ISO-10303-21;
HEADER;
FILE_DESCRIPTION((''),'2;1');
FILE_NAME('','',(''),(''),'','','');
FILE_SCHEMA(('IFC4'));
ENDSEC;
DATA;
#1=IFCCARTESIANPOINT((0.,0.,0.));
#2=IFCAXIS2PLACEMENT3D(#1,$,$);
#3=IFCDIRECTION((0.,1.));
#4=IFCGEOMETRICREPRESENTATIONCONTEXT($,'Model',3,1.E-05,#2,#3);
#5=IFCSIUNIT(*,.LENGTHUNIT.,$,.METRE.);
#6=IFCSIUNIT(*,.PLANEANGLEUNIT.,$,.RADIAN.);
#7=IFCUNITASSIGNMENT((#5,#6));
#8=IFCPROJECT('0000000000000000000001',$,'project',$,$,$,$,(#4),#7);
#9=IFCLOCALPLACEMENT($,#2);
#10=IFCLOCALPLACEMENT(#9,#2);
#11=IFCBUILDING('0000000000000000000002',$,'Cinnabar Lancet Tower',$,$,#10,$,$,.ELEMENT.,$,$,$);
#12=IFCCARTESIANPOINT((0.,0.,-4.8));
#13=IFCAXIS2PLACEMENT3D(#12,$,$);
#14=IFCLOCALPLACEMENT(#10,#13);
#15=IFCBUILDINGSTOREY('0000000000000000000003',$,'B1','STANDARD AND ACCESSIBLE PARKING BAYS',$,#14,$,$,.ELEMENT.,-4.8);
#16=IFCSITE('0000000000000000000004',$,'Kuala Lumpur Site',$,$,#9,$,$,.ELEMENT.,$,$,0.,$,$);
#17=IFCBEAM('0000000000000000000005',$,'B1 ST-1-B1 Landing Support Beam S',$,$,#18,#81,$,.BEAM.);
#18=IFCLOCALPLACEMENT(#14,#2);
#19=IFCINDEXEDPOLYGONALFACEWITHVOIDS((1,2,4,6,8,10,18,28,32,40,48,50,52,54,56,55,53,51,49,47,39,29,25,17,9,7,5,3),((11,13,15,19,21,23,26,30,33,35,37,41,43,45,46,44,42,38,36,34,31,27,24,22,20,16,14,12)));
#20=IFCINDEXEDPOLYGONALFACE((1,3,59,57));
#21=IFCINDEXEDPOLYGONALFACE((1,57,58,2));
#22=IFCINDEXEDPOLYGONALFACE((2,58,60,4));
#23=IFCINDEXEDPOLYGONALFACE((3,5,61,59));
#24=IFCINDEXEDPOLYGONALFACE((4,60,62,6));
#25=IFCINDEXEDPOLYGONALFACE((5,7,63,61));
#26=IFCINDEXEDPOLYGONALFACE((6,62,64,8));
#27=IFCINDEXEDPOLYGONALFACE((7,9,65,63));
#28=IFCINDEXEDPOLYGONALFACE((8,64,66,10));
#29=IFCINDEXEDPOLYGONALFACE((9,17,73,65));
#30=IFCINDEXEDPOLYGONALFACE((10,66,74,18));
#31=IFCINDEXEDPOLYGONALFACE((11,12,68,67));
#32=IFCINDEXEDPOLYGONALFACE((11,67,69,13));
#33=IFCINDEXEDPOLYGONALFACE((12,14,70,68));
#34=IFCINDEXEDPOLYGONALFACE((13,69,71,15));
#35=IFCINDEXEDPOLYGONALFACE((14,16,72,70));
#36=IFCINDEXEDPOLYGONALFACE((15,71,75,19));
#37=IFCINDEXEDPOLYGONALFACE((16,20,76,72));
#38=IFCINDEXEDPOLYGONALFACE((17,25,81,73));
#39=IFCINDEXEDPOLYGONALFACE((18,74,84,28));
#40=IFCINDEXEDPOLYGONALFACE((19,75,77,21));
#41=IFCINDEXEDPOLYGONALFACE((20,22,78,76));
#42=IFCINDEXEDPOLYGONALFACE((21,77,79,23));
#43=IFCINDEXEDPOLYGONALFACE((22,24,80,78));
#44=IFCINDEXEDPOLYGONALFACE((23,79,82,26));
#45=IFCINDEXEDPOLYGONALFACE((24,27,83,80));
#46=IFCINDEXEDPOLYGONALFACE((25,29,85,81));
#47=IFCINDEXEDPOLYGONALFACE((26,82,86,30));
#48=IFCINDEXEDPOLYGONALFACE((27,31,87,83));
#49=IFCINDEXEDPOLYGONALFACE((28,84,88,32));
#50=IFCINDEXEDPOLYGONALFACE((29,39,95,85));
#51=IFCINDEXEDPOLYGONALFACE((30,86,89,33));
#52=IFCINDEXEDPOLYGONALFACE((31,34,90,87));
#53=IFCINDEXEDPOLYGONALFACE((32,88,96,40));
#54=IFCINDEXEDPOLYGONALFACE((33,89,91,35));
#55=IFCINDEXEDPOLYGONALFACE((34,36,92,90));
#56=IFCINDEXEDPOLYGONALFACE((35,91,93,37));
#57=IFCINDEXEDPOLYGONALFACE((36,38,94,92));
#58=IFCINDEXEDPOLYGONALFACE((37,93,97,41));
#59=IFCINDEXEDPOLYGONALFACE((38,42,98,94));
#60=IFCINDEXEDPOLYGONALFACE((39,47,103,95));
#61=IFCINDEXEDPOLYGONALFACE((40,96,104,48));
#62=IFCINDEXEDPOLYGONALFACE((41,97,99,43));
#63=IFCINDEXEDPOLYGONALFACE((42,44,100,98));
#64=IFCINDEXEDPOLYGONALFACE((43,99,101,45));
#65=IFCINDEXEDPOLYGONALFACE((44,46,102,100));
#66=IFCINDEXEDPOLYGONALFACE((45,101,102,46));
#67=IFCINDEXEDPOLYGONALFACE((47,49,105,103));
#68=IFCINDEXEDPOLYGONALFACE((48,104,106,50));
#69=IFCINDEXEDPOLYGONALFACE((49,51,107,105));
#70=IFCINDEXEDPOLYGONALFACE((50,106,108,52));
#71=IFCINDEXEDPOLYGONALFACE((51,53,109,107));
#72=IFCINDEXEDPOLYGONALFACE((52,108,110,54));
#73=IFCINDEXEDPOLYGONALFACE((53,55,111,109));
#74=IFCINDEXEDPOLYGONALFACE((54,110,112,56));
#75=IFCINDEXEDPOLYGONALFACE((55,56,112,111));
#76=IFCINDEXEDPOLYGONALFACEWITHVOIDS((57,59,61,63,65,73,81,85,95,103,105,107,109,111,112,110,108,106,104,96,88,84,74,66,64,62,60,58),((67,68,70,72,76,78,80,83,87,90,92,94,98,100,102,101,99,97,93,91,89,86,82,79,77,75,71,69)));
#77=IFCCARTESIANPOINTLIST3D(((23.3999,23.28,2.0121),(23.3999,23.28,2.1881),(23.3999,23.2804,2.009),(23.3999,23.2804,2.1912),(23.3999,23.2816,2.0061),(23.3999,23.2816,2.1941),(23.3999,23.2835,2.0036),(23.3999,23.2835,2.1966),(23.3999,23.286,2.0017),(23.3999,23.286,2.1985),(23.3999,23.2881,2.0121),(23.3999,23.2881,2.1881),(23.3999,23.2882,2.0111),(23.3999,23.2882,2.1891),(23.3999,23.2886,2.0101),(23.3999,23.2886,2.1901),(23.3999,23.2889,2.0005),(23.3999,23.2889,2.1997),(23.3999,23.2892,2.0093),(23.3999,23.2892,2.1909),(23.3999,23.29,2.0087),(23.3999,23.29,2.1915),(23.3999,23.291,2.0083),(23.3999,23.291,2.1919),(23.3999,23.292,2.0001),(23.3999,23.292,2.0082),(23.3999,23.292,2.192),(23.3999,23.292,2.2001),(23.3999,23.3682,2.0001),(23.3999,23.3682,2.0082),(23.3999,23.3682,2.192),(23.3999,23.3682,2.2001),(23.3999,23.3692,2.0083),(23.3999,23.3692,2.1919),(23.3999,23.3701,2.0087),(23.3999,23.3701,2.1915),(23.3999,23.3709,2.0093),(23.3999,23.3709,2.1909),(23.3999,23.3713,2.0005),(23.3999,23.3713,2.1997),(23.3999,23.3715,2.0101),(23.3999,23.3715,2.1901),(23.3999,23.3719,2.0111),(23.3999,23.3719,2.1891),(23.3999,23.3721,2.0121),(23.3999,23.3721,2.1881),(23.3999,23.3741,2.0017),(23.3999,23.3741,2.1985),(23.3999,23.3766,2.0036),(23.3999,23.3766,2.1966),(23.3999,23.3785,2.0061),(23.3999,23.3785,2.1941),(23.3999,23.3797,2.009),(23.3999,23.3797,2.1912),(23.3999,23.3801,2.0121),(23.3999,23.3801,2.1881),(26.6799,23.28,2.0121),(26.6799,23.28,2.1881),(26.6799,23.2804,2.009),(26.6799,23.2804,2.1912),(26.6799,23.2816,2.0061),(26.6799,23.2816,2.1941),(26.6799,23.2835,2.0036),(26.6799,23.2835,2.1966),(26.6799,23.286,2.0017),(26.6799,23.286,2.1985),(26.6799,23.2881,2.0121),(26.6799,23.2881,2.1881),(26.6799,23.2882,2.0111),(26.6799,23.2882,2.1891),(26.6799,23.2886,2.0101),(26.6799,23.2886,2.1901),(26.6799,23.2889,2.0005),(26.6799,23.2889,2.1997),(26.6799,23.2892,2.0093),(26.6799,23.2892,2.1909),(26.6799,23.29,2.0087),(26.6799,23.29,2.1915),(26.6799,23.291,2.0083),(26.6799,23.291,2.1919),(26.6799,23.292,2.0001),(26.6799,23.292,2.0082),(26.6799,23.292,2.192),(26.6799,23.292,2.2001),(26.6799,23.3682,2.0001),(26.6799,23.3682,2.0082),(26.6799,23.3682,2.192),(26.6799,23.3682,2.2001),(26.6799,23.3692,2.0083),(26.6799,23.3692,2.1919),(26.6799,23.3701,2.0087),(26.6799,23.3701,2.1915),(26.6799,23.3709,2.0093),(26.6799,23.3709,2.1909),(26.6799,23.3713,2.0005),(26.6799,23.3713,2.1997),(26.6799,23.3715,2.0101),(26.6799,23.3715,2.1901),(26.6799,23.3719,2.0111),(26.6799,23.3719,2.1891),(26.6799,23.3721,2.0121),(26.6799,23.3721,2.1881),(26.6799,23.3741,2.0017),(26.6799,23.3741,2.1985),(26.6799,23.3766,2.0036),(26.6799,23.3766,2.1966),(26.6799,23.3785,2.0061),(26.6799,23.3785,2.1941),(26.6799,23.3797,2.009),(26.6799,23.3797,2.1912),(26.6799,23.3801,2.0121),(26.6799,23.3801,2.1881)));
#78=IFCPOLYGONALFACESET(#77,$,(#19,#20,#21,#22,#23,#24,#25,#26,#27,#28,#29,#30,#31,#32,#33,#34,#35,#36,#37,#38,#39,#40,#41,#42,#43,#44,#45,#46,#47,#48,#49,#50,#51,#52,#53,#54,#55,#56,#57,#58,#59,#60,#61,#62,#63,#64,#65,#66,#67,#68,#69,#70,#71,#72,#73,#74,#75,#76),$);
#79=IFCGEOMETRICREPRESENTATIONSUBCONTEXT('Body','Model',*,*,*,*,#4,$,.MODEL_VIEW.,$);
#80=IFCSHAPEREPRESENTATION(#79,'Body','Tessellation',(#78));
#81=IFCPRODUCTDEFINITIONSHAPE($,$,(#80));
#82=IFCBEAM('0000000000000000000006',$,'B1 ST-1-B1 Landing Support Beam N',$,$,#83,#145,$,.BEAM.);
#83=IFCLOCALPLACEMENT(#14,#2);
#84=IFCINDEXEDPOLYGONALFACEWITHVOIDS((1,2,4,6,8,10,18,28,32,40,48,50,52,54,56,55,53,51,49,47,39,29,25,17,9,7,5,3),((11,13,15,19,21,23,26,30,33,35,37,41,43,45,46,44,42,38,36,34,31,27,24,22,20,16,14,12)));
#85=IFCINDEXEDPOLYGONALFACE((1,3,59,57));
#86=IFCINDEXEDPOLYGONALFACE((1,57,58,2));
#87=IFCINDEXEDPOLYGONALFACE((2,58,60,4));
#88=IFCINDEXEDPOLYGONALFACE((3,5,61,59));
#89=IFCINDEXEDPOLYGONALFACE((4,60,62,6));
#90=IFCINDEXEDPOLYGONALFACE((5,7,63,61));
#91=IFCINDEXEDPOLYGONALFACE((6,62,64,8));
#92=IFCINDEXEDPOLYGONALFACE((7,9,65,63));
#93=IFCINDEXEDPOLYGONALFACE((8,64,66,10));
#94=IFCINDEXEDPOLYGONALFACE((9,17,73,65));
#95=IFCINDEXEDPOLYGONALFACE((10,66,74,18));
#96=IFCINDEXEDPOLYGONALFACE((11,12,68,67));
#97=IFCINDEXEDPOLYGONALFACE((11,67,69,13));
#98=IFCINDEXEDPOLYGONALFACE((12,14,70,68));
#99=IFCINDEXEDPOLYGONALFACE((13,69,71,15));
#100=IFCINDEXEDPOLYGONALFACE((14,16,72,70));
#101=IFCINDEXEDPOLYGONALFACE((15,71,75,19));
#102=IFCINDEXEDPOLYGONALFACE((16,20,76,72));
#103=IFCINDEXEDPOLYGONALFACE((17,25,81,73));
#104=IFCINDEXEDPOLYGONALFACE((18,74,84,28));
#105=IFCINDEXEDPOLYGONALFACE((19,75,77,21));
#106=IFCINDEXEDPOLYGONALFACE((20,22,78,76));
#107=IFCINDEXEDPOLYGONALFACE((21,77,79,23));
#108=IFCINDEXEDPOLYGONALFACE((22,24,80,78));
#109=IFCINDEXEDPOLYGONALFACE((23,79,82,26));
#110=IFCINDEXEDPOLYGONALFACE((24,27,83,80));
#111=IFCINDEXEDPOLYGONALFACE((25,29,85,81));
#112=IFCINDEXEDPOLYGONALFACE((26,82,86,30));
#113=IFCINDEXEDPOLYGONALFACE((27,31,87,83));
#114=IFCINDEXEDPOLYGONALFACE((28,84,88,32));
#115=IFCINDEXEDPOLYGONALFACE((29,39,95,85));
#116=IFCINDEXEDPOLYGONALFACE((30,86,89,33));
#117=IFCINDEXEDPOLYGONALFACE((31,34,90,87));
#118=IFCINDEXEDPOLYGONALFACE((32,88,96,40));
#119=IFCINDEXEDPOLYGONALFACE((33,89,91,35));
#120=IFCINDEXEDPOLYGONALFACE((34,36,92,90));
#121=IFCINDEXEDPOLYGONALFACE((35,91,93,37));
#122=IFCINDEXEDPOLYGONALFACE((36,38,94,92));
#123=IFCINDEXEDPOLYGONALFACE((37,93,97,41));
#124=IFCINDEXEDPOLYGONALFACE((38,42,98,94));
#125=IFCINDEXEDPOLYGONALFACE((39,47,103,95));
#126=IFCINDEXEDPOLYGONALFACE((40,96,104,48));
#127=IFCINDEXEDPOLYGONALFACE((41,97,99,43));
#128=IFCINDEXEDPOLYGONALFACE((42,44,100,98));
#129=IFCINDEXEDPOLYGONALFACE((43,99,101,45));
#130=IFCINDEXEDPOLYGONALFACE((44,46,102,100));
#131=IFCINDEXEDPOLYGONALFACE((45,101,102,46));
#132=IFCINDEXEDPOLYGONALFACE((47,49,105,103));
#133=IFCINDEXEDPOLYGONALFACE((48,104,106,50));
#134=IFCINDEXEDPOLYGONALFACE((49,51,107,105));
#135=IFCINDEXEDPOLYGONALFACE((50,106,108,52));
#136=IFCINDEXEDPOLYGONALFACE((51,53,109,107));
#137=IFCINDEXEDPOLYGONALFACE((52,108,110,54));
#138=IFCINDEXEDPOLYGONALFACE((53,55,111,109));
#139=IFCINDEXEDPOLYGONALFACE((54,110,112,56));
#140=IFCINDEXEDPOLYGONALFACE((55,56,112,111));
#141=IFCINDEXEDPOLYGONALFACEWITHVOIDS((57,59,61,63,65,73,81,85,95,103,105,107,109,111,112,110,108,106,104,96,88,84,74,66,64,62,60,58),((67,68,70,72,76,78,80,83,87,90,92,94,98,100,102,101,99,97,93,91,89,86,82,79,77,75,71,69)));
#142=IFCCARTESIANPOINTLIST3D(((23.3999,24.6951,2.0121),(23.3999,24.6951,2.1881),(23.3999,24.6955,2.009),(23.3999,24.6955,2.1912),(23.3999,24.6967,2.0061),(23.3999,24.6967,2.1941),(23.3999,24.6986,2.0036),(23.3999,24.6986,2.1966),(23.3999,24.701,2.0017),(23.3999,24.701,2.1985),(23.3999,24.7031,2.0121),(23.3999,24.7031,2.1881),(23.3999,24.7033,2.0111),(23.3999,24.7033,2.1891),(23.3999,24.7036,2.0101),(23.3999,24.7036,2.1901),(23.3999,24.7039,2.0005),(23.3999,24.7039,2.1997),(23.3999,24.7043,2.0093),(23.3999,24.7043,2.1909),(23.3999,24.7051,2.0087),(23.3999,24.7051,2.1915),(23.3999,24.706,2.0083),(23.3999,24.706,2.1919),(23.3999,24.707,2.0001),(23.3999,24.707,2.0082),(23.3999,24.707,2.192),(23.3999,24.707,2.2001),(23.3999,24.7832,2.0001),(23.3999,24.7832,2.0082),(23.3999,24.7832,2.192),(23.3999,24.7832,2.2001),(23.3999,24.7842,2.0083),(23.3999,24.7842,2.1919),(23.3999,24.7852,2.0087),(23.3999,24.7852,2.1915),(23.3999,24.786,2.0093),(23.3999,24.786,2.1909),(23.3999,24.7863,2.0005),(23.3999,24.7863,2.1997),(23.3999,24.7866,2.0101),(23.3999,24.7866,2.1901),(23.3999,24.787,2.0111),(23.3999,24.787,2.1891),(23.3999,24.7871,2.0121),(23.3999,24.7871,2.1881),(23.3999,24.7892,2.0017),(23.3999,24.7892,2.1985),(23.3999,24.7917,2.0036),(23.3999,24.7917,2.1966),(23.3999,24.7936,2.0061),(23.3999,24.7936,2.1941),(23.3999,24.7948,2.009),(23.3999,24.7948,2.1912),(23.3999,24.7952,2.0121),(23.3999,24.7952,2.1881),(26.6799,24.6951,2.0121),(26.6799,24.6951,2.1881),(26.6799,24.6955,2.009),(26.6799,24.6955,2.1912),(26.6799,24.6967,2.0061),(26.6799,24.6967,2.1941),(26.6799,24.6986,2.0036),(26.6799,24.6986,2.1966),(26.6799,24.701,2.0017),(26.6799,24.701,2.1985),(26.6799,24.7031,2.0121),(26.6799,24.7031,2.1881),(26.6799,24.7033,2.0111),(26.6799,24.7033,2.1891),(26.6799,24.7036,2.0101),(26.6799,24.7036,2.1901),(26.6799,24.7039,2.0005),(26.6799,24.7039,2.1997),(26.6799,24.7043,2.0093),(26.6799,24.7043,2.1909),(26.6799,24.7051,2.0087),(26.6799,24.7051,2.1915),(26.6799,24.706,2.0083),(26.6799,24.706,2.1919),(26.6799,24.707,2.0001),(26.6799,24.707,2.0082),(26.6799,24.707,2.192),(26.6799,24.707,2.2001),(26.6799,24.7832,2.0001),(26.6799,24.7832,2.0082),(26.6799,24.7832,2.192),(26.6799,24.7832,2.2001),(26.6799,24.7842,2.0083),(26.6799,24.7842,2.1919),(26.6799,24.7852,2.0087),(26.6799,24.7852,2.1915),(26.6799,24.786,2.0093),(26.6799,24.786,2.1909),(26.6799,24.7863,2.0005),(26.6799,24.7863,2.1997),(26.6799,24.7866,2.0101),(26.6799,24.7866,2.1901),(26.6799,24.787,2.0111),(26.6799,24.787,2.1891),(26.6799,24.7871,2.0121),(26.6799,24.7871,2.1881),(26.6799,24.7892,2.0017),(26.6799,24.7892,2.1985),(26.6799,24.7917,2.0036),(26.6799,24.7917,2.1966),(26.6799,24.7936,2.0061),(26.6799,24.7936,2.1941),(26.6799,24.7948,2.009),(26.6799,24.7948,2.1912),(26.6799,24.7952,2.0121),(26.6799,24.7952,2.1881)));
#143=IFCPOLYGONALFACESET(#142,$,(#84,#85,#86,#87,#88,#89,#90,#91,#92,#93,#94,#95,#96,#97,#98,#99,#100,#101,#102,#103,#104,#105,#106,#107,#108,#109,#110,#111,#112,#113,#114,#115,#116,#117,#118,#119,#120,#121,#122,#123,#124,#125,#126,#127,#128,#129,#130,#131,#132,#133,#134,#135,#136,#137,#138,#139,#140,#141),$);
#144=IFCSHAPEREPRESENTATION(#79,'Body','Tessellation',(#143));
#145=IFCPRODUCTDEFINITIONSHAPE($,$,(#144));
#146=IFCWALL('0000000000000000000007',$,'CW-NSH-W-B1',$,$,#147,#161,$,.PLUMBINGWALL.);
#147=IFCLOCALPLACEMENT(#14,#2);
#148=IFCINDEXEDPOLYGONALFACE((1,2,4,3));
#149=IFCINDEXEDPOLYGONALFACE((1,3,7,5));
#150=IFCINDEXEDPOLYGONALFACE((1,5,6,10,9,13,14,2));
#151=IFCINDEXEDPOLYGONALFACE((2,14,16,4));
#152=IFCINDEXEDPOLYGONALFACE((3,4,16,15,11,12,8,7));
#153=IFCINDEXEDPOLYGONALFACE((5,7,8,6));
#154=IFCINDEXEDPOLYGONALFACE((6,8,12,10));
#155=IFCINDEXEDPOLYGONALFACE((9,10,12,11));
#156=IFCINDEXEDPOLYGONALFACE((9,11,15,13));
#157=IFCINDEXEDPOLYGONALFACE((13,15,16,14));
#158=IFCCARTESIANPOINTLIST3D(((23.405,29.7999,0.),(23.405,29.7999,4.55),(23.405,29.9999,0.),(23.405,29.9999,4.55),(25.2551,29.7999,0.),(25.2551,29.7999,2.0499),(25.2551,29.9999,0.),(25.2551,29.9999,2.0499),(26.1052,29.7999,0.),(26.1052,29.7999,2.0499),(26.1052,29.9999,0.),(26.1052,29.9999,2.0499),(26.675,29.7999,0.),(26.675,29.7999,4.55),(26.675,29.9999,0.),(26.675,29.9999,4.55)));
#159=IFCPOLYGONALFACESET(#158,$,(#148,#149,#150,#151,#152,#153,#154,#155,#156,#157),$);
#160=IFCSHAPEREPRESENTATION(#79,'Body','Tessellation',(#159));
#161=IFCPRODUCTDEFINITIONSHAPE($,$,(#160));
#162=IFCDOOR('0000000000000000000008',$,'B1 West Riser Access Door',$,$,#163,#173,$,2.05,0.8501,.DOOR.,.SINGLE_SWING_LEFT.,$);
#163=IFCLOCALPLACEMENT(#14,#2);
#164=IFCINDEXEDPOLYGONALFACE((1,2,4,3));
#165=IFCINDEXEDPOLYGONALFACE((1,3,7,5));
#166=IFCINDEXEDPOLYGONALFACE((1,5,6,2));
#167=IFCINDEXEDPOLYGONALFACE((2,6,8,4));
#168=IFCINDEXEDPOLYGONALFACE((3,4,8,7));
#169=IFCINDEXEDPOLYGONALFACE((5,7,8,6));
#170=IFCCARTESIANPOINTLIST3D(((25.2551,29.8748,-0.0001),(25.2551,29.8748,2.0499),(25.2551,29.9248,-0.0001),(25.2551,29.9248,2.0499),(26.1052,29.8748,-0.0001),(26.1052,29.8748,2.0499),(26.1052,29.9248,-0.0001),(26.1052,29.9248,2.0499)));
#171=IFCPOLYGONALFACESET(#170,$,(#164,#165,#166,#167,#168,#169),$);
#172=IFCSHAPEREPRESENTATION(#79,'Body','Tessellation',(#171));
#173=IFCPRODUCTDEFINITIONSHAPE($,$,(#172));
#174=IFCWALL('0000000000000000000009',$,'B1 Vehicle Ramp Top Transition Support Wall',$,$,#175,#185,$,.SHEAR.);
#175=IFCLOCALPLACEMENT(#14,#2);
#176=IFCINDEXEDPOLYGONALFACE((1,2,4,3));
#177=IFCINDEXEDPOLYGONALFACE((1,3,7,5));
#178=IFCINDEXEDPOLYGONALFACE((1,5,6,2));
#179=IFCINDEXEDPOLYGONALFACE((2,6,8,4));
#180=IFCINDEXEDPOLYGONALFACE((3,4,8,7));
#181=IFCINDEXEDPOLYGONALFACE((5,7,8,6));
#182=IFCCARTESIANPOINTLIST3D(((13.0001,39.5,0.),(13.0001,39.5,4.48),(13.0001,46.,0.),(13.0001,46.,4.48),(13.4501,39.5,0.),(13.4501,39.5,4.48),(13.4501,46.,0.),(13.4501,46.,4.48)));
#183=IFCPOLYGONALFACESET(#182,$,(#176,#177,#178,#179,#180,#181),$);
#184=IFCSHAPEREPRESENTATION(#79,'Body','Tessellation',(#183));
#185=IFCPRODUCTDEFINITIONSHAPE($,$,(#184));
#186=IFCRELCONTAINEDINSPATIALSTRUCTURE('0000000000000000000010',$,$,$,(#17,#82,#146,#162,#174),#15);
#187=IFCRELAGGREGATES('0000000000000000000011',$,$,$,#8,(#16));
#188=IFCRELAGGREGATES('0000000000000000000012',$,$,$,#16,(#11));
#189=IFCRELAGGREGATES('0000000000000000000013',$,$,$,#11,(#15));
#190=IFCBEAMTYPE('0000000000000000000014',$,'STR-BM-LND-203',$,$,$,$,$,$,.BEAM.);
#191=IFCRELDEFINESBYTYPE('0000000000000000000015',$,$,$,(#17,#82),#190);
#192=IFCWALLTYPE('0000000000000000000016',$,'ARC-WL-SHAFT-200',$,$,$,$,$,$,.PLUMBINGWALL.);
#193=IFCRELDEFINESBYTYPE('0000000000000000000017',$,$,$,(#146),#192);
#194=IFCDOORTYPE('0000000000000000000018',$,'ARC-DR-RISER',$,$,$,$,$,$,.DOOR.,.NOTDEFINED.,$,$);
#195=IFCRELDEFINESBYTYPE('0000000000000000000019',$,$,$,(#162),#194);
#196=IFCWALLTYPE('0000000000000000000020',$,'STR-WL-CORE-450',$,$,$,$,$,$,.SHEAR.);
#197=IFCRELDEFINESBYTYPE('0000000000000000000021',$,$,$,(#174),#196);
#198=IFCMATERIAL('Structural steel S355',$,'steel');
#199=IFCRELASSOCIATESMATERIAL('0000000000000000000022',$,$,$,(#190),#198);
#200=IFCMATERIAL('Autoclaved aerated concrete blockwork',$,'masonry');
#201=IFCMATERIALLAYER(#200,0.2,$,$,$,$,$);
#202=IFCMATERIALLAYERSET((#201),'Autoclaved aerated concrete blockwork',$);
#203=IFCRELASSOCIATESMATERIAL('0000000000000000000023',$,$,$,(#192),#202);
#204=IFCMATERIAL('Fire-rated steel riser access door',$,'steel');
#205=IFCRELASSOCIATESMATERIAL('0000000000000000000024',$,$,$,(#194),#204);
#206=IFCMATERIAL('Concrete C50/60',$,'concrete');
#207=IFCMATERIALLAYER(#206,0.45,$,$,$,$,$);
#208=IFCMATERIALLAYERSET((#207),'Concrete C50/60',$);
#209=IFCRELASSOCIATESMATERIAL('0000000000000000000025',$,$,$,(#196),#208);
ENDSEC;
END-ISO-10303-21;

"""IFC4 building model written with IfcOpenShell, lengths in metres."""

from ifc_helpers import new_model, si_unit, direction, frame, frame_2d, origin, origin_2d, place, context, subcontext, project, spatial, rectangle, hollow_rectangle, extrude, material, layer, layer_set, material_profile, profile_set, type_object, element, fill, save


model = new_model("IFC4")

# Units and contexts
model_context = context("Model", 3, precision=1e-05, world=origin(), true_north=direction((0.0, 1.0)))
body_context = subcontext(model_context, "Body", "Model", "MODEL_VIEW")
ifc_project = project(units=[si_unit("LENGTHUNIT", "METRE"), si_unit("PLANEANGLEUNIT", "RADIAN")], contexts=[model_context])

# Site, building, storey
site_placement = place(None, origin())
site = spatial("IfcSite", under=ifc_project, at=site_placement, Name="Kuala Lumpur Site", CompositionType="ELEMENT", RefElevation=0.0)
building_placement = place(site_placement, origin())
building = spatial("IfcBuilding", under=site, at=building_placement, Name="Cinnabar Lancet Tower", CompositionType="ELEMENT")
storey_placement = place(building_placement, frame((0.0, 0.0, -4.8)))
storey = spatial("IfcBuildingStorey", under=building, at=storey_placement, Name="B1", Description="STANDARD AND ACCESSIBLE PARKING BAYS", CompositionType="ELEMENT", Elevation=-4.8)

# Beams
ifc_material_1 = material(Name="Structural steel S355", Category="steel")
ifc_material_profile_1 = material_profile(ifc_material_1, hollow_rectangle(XDim=0.1001, YDim=0.2, WallThickness=0.0081, InnerFilletRadius=0.0039, OuterFilletRadius=0.012, at=origin_2d()), Name="RHS 200x100x8")
ifc_profile_set_1 = profile_set([ifc_material_profile_1], Name="Structural steel S355")
beam_type = type_object("IfcBeamType", Name="STR-BM-LND-203", PredefinedType="BEAM", material=ifc_profile_set_1)
for number, where, z_axis, x_axis, name in (
    (1, (23.3999, 23.3301, 2.1001), (1.0, 0.0, 0.0), (0.0, 1.0, 0.0), "B1 ST-1-B1 Landing Support Beam S"),
    (2, (23.3999, 24.7451, 2.1001), (1.0, 0.0, 0.0), (0.0, 1.0, 0.0), "B1 ST-1-B1 Landing Support Beam N"),
):
    element("IfcBeam", number, at=place(storey_placement, frame(where, z_axis=z_axis, x_axis=x_axis)), inside=storey, type_object=beam_type, Name=name, PredefinedType="BEAM", context=body_context, shape_type="SweptSolid", body=[
        extrude(hollow_rectangle(XDim=0.1001, YDim=0.2, WallThickness=0.0081, InnerFilletRadius=0.0039, OuterFilletRadius=0.012, at=origin_2d()), origin(), (0.0, 0.0, 1.0), 3.28),
    ])

# Wall, opening, door
ifc_material_2 = material(Name="Autoclaved aerated concrete blockwork", Category="masonry")
ifc_layer_1 = layer(ifc_material_2, 0.2)
ifc_layer_set_1 = layer_set([ifc_layer_1], Name="Autoclaved aerated concrete blockwork")
wall_type_1 = type_object("IfcWallType", Name="ARC-WL-SHAFT-200", PredefinedType="PLUMBINGWALL", material=ifc_layer_set_1)
wall_1_placement = place(storey_placement, frame((23.405, 29.8999, 0.0), z_axis=(0.0, 0.0, 1.0), x_axis=(1.0, 0.0, 0.0)))
wall_1 = element("IfcWall", 3, at=wall_1_placement, inside=storey, type_object=wall_type_1, Name="CW-NSH-W-B1", PredefinedType="PLUMBINGWALL", context=body_context, shape_type="SweptSolid", body=[
    extrude(rectangle(XDim=3.27, YDim=0.2, at=frame_2d((1.635, 0.0))), origin(), (0.0, 0.0, 1.0), 4.55),
])
opening_placement = place(wall_1_placement, frame((1.8501, 0.0, 0.0)))
opening = element("IfcOpeningElement", 4, at=opening_placement, cuts=wall_1, PredefinedType="OPENING", context=body_context, shape_type="SweptSolid", body=[
    extrude(rectangle(XDim=0.8501, YDim=2.05, at=frame_2d((0.425, 1.0249))), frame((0.0, 0.1099, 0.0), z_axis=(0.0, -1.0, 0.0), x_axis=(1.0, 0.0, 0.0)), (0.0, 0.0, 1.0), 0.22),
])
ifc_material_3 = material(Name="Fire-rated steel riser access door", Category="steel")
door_type = type_object("IfcDoorType", Name="ARC-DR-RISER", OperationType="NOTDEFINED", PredefinedType="DOOR", material=ifc_material_3)
door_placement = place(opening_placement, origin())
door = element("IfcDoor", 5, at=door_placement, inside=storey, type_object=door_type, Name="B1 West Riser Access Door", OperationType="SINGLE_SWING_LEFT", OverallHeight=2.05, OverallWidth=0.8501, PredefinedType="DOOR", context=body_context, shape_type="SweptSolid", body=[
    extrude(rectangle(XDim=0.8501, YDim=2.05, at=frame_2d((0.425, 1.0249))), frame((0.0, 0.0249, 0.0), z_axis=(0.0, -1.0, 0.0), x_axis=(1.0, 0.0, 0.0)), (0.0, 0.0, 1.0), 0.05),
])
fill(opening, door)

# Wall
ifc_material_4 = material(Name="Concrete C50/60", Category="concrete")
ifc_layer_2 = layer(ifc_material_4, 0.45)
ifc_layer_set_2 = layer_set([ifc_layer_2], Name="Concrete C50/60")
wall_type_2 = type_object("IfcWallType", Name="STR-WL-CORE-450", PredefinedType="SHEAR", material=ifc_layer_set_2)
wall_2_placement = place(storey_placement, frame((13.2251, 39.5, 0.0), z_axis=(0.0, 0.0, 1.0), x_axis=(0.0, 1.0, 0.0)))
element("IfcWall", 6, at=wall_2_placement, inside=storey, type_object=wall_type_2, Name="B1 Vehicle Ramp Top Transition Support Wall", PredefinedType="SHEAR", context=body_context, shape_type="SweptSolid", body=[
    extrude(rectangle(XDim=6.5, YDim=0.45, at=frame_2d((3.25, 0.0))), origin(), (0.0, 0.0, 1.0), 4.48),
])

save(model, "model.ifc")
